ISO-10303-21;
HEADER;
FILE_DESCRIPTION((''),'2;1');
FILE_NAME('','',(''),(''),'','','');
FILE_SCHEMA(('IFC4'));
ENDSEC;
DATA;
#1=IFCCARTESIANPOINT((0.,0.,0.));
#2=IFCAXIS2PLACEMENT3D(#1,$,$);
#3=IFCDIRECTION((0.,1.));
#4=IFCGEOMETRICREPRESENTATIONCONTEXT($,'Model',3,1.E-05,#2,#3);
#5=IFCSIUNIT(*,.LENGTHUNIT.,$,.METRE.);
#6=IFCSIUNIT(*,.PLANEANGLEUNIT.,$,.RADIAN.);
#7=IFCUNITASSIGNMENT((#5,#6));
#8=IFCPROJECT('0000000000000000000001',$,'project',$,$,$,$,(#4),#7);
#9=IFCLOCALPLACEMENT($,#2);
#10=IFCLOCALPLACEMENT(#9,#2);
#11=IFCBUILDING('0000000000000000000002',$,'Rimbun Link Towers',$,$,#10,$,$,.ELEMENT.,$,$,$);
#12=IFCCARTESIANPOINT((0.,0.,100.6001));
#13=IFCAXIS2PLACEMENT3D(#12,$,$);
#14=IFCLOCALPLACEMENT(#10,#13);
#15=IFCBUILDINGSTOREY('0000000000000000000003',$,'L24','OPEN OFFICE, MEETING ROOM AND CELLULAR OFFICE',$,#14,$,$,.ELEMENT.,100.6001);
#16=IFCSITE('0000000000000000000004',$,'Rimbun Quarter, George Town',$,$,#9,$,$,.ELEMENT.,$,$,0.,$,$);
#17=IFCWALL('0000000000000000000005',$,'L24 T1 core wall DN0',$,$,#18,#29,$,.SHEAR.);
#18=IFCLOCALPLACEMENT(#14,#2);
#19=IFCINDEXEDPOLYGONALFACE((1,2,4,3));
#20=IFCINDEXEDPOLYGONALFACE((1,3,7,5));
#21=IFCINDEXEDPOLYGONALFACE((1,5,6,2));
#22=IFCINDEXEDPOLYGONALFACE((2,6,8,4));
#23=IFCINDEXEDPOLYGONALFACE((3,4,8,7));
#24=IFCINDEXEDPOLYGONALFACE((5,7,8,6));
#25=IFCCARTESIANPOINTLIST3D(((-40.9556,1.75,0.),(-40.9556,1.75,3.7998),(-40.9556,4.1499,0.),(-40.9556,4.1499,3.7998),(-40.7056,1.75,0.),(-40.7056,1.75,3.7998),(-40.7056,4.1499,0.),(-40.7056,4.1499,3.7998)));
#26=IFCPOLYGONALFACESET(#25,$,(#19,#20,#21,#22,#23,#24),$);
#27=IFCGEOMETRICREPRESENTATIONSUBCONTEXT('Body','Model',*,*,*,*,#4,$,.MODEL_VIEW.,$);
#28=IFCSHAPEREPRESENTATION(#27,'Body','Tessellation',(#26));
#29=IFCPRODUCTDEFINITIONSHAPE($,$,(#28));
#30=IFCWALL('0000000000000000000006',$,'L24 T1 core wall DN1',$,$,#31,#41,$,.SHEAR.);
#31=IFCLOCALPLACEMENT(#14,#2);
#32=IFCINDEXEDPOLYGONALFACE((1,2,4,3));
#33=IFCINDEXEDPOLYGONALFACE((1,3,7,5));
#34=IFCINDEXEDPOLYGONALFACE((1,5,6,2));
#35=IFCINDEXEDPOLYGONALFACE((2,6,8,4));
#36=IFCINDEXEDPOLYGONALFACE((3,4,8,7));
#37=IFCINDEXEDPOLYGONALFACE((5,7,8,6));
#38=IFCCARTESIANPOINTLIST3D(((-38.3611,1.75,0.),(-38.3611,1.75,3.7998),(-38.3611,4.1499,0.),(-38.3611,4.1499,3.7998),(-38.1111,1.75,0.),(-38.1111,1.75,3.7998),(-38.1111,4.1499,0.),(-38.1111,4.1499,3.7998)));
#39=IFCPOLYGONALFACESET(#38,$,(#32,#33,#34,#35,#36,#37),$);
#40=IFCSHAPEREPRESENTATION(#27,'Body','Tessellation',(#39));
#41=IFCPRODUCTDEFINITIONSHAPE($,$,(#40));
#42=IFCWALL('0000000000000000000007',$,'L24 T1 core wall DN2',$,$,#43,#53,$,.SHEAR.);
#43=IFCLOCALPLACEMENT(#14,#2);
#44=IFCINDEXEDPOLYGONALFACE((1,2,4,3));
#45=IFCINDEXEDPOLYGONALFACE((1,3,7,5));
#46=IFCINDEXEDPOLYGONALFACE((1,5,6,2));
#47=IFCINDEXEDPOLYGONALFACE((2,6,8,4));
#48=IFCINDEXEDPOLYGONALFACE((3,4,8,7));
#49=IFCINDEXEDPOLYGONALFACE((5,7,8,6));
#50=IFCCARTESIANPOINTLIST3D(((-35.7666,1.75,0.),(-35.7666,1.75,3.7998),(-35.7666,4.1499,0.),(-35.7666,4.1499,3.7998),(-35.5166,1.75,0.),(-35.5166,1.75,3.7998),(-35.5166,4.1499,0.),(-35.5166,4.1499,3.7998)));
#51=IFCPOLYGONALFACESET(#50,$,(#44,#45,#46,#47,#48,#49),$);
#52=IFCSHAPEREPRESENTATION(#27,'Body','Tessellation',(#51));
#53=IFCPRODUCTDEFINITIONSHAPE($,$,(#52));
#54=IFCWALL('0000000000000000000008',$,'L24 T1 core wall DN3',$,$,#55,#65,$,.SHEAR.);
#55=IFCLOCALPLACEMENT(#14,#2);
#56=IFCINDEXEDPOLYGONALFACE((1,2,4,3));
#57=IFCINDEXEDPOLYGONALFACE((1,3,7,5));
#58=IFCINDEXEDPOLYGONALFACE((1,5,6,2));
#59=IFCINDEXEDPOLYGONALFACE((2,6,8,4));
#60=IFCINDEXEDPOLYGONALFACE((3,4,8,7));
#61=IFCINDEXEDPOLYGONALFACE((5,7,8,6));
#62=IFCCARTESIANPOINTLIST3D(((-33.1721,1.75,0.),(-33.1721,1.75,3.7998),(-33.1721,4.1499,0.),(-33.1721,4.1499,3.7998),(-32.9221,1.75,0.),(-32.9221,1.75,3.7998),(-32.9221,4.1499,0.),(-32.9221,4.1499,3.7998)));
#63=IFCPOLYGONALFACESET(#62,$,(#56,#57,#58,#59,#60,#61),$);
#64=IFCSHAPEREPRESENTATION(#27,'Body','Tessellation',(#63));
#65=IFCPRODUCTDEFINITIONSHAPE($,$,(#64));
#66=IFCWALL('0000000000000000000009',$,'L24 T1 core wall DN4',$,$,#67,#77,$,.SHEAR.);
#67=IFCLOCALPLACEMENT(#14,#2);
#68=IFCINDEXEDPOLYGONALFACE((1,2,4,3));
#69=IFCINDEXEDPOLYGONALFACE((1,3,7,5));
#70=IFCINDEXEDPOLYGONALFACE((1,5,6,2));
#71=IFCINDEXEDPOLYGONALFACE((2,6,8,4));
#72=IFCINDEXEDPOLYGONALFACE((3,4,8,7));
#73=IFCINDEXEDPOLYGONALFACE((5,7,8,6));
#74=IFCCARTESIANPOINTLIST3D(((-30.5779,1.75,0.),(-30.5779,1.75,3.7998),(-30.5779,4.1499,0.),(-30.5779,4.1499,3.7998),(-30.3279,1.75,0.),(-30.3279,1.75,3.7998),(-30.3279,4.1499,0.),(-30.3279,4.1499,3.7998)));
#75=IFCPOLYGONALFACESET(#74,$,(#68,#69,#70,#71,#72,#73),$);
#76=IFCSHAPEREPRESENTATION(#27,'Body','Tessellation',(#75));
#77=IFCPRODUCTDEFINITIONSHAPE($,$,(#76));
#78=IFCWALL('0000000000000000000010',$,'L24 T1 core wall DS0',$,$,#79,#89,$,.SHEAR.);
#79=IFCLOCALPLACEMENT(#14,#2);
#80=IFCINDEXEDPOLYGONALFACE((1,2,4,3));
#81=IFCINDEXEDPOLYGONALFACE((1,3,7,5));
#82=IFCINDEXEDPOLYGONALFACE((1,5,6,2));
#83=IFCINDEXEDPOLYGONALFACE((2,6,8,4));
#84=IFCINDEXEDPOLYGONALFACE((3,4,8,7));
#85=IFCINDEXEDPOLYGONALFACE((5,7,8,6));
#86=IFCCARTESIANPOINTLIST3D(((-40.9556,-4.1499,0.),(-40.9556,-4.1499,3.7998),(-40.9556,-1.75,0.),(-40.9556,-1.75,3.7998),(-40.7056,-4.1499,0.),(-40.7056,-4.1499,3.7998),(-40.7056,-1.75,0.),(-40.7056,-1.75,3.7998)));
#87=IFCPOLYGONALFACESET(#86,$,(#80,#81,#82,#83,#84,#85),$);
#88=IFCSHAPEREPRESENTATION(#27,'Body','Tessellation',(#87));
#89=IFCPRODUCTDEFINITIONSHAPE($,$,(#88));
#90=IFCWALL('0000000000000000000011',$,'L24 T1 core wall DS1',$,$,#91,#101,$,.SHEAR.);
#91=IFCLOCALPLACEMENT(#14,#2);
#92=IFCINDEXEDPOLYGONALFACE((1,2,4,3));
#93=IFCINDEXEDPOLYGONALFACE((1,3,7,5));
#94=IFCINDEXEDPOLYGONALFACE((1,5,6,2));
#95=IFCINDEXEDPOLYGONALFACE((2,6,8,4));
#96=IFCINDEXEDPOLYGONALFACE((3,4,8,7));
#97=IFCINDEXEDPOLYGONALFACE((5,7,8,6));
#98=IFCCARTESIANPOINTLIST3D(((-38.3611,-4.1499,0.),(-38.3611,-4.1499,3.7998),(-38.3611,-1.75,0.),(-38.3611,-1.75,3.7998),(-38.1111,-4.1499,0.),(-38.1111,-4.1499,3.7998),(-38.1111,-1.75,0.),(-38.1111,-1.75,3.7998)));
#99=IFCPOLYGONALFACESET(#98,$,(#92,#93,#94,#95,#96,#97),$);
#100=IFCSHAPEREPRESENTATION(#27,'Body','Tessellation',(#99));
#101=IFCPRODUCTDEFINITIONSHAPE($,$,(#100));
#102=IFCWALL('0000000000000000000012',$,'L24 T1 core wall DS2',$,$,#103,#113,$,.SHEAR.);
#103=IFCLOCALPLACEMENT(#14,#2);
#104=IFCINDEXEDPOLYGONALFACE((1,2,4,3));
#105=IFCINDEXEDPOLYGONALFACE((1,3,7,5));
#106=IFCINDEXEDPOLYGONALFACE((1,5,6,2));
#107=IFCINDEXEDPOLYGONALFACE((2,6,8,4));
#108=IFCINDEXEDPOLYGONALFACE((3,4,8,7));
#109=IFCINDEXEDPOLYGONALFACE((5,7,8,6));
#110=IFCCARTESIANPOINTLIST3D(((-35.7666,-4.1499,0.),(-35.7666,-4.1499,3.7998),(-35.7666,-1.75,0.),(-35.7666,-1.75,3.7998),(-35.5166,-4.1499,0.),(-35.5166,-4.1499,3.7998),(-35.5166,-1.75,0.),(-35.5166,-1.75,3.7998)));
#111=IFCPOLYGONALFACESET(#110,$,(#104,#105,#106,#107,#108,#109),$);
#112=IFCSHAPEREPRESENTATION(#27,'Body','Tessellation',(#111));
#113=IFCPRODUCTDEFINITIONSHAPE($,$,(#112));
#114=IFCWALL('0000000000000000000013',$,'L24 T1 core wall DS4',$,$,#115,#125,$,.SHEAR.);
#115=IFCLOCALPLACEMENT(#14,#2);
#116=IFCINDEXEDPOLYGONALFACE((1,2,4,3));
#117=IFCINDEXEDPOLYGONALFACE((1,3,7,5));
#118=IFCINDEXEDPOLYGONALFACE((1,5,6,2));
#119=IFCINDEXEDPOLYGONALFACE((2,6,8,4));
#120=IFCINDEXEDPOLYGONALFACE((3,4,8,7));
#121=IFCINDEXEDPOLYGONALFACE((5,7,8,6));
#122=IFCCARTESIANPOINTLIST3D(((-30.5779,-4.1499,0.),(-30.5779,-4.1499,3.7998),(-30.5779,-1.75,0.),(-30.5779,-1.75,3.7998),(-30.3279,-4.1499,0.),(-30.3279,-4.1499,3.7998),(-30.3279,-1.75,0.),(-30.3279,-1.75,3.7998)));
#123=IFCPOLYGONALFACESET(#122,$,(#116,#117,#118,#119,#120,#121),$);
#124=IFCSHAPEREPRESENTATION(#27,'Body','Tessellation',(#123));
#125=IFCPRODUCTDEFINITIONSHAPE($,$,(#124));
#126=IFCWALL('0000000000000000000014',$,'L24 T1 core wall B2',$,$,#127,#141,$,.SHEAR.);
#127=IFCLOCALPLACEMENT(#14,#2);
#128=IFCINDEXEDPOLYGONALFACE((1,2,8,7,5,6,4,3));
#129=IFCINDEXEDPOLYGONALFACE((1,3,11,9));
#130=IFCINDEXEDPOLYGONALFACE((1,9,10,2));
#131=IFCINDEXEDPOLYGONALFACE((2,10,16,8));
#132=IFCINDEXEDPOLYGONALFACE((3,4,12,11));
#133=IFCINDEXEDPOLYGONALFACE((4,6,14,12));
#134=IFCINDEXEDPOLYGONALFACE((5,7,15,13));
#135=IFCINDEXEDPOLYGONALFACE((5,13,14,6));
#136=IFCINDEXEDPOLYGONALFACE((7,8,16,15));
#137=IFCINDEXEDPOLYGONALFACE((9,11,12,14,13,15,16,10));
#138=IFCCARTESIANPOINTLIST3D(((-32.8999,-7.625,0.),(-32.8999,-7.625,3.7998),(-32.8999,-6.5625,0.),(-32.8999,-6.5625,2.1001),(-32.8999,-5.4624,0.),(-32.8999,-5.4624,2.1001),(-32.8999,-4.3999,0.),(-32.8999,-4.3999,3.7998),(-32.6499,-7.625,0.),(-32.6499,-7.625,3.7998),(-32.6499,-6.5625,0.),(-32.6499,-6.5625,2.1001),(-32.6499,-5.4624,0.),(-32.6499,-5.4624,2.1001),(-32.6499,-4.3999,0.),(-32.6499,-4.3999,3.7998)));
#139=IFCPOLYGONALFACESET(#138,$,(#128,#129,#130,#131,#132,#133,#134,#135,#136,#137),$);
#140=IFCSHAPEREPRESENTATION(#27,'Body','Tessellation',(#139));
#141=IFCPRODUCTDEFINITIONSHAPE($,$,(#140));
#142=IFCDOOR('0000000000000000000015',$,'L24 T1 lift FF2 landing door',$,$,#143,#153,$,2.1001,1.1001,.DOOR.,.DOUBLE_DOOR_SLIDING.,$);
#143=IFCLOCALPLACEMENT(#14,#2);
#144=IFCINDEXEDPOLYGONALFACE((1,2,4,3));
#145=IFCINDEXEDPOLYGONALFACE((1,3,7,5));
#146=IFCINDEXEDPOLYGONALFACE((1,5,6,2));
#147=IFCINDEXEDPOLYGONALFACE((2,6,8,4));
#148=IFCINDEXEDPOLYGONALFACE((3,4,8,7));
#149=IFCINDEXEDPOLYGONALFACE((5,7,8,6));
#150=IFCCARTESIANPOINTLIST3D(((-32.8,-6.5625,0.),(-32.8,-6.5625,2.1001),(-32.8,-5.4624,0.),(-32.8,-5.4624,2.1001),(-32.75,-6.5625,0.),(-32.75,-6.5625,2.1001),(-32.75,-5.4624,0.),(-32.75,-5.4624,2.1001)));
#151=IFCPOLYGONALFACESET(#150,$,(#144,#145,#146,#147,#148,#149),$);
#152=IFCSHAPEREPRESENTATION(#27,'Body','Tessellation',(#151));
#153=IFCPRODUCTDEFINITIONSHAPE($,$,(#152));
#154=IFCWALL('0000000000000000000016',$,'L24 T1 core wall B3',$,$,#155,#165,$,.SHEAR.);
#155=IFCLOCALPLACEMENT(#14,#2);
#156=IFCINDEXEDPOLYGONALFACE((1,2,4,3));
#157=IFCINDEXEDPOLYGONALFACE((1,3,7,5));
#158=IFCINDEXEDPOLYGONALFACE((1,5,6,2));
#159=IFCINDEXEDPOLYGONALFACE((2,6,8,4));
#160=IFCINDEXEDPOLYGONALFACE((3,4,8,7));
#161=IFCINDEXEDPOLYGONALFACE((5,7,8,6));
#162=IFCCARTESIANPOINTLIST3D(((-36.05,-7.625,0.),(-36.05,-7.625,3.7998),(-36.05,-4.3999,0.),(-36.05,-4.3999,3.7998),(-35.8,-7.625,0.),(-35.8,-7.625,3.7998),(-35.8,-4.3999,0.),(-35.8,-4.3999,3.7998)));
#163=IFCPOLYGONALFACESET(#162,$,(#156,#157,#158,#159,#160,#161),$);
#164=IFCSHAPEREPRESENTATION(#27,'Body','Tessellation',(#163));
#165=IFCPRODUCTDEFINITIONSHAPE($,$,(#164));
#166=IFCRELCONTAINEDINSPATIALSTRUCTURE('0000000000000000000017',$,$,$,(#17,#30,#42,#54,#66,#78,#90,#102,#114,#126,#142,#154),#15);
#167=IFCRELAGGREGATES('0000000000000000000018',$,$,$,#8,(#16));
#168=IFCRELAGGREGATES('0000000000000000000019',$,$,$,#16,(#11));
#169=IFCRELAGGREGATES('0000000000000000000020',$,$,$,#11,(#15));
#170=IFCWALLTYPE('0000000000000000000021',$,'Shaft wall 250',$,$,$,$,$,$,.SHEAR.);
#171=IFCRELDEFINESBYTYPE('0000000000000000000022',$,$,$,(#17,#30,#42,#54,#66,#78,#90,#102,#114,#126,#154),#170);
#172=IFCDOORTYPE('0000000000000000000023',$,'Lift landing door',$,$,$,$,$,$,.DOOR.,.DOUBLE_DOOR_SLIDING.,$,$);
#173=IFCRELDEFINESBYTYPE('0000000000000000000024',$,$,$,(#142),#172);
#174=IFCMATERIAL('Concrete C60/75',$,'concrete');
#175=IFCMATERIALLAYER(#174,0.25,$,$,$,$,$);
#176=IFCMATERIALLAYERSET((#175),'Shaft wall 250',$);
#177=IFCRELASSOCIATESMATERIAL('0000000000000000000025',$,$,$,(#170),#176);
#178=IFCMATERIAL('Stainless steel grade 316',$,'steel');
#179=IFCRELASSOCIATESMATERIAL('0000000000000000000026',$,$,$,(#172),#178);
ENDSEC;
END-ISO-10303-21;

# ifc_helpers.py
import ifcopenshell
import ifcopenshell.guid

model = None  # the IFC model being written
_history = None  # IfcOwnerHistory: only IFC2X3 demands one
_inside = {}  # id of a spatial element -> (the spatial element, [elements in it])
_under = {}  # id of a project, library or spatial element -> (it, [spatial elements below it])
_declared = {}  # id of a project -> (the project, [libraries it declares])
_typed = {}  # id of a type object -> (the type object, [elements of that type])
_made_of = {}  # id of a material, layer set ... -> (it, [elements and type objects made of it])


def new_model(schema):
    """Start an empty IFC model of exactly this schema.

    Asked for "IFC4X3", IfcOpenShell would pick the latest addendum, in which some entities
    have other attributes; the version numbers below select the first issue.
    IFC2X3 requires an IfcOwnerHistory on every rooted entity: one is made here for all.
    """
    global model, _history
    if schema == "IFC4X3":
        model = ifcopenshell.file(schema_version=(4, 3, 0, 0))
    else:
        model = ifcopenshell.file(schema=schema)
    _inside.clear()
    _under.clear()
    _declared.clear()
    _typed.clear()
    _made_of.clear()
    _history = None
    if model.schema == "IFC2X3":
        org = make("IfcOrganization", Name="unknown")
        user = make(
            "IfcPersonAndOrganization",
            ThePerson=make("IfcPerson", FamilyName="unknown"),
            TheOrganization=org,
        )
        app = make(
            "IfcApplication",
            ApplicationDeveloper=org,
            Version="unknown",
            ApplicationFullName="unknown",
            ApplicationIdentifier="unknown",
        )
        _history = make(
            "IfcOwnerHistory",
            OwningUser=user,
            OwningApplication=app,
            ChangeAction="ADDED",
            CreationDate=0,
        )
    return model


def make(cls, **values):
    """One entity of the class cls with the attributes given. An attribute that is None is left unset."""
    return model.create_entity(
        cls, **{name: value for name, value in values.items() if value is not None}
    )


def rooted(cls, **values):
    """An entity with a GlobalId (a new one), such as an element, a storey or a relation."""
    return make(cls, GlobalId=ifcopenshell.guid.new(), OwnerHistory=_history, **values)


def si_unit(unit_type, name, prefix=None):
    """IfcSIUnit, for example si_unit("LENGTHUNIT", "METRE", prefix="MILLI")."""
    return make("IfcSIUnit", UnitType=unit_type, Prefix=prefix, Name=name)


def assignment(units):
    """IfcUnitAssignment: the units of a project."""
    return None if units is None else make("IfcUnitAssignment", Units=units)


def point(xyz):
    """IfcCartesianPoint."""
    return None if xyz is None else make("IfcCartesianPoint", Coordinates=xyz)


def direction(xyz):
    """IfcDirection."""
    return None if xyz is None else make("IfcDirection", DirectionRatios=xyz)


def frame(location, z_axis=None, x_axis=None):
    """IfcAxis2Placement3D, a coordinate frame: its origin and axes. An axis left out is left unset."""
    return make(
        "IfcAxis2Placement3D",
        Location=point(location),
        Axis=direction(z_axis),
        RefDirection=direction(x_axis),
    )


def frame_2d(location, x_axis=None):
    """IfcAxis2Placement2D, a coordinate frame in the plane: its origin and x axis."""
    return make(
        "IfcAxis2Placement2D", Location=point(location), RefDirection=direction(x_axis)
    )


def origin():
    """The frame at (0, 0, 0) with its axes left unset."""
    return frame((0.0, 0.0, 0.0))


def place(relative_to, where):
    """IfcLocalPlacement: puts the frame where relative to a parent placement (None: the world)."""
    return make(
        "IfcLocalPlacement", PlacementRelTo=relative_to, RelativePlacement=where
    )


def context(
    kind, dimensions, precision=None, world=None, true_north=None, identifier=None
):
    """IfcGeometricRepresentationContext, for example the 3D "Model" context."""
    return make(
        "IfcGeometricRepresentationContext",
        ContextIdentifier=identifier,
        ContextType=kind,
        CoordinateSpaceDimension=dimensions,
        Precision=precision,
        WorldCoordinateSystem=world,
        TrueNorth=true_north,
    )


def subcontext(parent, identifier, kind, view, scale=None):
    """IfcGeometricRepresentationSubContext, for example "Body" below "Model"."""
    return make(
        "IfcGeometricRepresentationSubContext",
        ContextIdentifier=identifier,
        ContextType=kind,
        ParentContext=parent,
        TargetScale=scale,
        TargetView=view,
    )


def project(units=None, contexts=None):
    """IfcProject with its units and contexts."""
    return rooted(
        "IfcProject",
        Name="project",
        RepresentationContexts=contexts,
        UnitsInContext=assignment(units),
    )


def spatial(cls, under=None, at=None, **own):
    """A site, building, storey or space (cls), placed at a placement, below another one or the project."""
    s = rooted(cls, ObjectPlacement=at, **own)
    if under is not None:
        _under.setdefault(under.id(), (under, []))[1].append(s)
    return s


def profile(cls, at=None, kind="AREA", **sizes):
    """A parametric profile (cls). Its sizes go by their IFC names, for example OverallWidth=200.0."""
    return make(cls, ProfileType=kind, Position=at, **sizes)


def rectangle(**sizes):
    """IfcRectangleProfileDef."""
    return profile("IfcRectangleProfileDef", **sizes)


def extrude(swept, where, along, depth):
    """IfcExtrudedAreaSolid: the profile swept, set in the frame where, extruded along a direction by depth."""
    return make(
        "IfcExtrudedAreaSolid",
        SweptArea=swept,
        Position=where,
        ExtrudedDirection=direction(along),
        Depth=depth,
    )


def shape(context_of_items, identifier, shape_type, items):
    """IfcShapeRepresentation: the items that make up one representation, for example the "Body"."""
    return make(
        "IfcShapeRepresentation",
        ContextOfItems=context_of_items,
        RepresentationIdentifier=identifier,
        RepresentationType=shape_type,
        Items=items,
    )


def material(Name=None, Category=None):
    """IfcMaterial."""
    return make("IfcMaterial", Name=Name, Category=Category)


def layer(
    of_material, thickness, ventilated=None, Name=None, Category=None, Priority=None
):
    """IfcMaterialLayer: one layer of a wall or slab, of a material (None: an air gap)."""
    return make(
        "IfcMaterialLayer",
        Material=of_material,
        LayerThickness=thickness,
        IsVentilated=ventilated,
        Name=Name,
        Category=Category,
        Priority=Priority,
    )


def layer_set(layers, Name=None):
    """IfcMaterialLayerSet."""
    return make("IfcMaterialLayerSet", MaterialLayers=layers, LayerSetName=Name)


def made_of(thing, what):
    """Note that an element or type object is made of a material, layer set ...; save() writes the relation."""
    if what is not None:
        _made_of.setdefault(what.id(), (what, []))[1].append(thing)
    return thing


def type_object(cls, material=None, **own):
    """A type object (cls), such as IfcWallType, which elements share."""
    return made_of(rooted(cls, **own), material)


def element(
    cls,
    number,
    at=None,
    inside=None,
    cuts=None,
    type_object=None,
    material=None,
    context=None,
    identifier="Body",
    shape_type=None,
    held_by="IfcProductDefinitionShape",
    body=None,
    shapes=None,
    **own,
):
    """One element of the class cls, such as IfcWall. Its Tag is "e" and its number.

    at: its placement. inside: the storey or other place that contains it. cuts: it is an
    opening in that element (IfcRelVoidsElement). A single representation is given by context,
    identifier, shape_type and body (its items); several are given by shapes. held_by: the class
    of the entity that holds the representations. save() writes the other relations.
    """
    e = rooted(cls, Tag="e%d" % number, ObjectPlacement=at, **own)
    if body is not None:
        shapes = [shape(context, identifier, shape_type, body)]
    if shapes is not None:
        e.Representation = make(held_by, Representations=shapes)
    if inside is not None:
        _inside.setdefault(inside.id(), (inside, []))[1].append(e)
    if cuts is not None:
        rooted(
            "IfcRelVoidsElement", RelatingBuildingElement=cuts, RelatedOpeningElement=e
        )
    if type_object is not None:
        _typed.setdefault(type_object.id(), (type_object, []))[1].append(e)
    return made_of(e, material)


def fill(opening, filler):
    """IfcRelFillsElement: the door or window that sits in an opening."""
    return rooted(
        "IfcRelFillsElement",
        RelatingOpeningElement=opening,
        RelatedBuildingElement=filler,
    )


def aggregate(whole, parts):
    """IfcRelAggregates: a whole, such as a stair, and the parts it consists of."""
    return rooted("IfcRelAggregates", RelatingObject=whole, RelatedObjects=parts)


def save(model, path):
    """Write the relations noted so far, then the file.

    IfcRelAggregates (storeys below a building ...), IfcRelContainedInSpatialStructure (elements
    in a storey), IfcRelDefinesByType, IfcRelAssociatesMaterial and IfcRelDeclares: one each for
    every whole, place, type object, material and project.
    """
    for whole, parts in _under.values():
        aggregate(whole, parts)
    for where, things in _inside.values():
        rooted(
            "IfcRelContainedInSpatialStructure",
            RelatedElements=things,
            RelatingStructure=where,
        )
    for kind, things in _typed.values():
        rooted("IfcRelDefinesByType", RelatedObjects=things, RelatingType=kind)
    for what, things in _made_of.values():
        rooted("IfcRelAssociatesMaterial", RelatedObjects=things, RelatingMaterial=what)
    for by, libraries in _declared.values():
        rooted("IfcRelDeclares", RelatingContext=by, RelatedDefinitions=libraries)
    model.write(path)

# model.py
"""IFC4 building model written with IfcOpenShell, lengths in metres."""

from ifc_helpers import new_model, si_unit, direction, frame, frame_2d, origin, place, context, subcontext, project, spatial, rectangle, extrude, material, layer, layer_set, type_object, element, fill, save


model = new_model("IFC4")

# Units and contexts
model_context = context("Model", 3, precision=1e-05, world=origin(), true_north=direction((0.0, 1.0)))
body_context = subcontext(model_context, "Body", "Model", "MODEL_VIEW")
ifc_project = project(units=[si_unit("LENGTHUNIT", "METRE"), si_unit("PLANEANGLEUNIT", "RADIAN")], contexts=[model_context])

# Site, building, storey
site_placement = place(None, origin())
site = spatial("IfcSite", under=ifc_project, at=site_placement, Name="Rimbun Quarter, George Town", CompositionType="ELEMENT", RefElevation=0.0)
building_placement = place(site_placement, origin())
building = spatial("IfcBuilding", under=site, at=building_placement, Name="Rimbun Link Towers", CompositionType="ELEMENT")
storey_placement = place(building_placement, frame((0.0, 0.0, 100.6001)))
storey = spatial("IfcBuildingStorey", under=building, at=storey_placement, Name="L24", Description="OPEN OFFICE, MEETING ROOM AND CELLULAR OFFICE", CompositionType="ELEMENT", Elevation=100.6001)

# Shared definitions
ifc_material_1 = material(Name="Concrete C60/75", Category="concrete")
ifc_layer_1 = layer(ifc_material_1, 0.25)
ifc_layer_set_1 = layer_set([ifc_layer_1], Name="Shaft wall 250")
wall_type_1 = type_object("IfcWallType", Name="Shaft wall 250", PredefinedType="SHEAR", material=ifc_layer_set_1)

# Shared definitions
ifc_material_2 = material(Name="Stainless steel grade 316", Category="steel")
door_type = type_object("IfcDoorType", Name="Lift landing door", OperationType="DOUBLE_DOOR_SLIDING", PredefinedType="DOOR", material=ifc_material_2)

# Walls
for number, where, z_axis, x_axis, name in (
    (1, (-40.8306, 1.75, 0.0), (0.0, 0.0, 1.0), (0.0, 1.0, 0.0), "L24 T1 core wall DN0"),
    (2, (-38.2361, 1.75, 0.0), (0.0, 0.0, 1.0), (0.0, 1.0, 0.0), "L24 T1 core wall DN1"),
    (3, (-35.6416, 1.75, 0.0), (0.0, 0.0, 1.0), (0.0, 1.0, 0.0), "L24 T1 core wall DN2"),
    (4, (-33.0471, 1.75, 0.0), (0.0, 0.0, 1.0), (0.0, 1.0, 0.0), "L24 T1 core wall DN3"),
    (5, (-30.4529, 1.75, 0.0), (0.0, 0.0, 1.0), (0.0, 1.0, 0.0), "L24 T1 core wall DN4"),
    (6, (-40.8306, -4.1499, 0.0), (0.0, 0.0, 1.0), (0.0, 1.0, 0.0), "L24 T1 core wall DS0"),
    (7, (-38.2361, -4.1499, 0.0), (0.0, 0.0, 1.0), (0.0, 1.0, 0.0), "L24 T1 core wall DS1"),
    (8, (-35.6416, -4.1499, 0.0), (0.0, 0.0, 1.0), (0.0, 1.0, 0.0), "L24 T1 core wall DS2"),
    (9, (-30.4529, -4.1499, 0.0), (0.0, 0.0, 1.0), (0.0, 1.0, 0.0), "L24 T1 core wall DS4"),
):
    element("IfcWall", number, at=place(storey_placement, frame(where, z_axis=z_axis, x_axis=x_axis)), inside=storey, type_object=wall_type_1, Name=name, PredefinedType="SHEAR", context=body_context, shape_type="SweptSolid", body=[
        extrude(rectangle(XDim=2.3999, YDim=0.25, at=frame_2d((1.2, 0.0))), origin(), (0.0, 0.0, 1.0), 3.7998),
    ])

# Wall, opening, door
wall_1_placement = place(storey_placement, frame((-32.7749, -4.3999, 0.0), z_axis=(0.0, 0.0, 1.0), x_axis=(0.0, -1.0, 0.0)))
wall_1 = element("IfcWall", 10, at=wall_1_placement, inside=storey, type_object=wall_type_1, Name="L24 T1 core wall B2", PredefinedType="SHEAR", context=body_context, shape_type="SweptSolid", body=[
    extrude(rectangle(XDim=3.2251, YDim=0.25, at=frame_2d((1.6125, 0.0))), origin(), (0.0, 0.0, 1.0), 3.7998),
])
opening_1_placement = place(wall_1_placement, frame((1.0625, 0.0, 0.0)))
opening_1 = element("IfcOpeningElement", 11, at=opening_1_placement, cuts=wall_1, PredefinedType="OPENING", context=body_context, shape_type="SweptSolid", body=[
    extrude(rectangle(XDim=1.1001, YDim=2.1001, at=frame_2d((0.55, 1.05))), frame((0.0, 0.135, 0.0), z_axis=(0.0, -1.0, 0.0), x_axis=(1.0, 0.0, 0.0)), (0.0, 0.0, 1.0), 0.27),
])
door_1_placement = place(opening_1_placement, origin())
door_1 = element("IfcDoor", 12, at=door_1_placement, inside=storey, type_object=door_type, Name="L24 T1 lift FF2 landing door", OperationType="DOUBLE_DOOR_SLIDING", OverallHeight=2.1001, OverallWidth=1.1001, PredefinedType="DOOR", context=body_context, shape_type="SweptSolid", body=[
    extrude(rectangle(XDim=1.1001, YDim=2.1001, at=frame_2d((0.55, 1.05))), frame((0.0, 0.0249, 0.0), z_axis=(0.0, -1.0, 0.0), x_axis=(1.0, 0.0, 0.0)), (0.0, 0.0, 1.0), 0.05),
])
fill(opening_1, door_1)

# Wall
wall_2_placement = place(storey_placement, frame((-35.925, -4.3999, 0.0), z_axis=(0.0, 0.0, 1.0), x_axis=(0.0, -1.0, 0.0)))
element("IfcWall", 13, at=wall_2_placement, inside=storey, type_object=wall_type_1, Name="L24 T1 core wall B3", PredefinedType="SHEAR", context=body_context, shape_type="SweptSolid", body=[
    extrude(rectangle(XDim=3.2251, YDim=0.25, at=frame_2d((1.6125, 0.0))), origin(), (0.0, 0.0, 1.0), 3.7998),
])

save(model, "model.ifc")
